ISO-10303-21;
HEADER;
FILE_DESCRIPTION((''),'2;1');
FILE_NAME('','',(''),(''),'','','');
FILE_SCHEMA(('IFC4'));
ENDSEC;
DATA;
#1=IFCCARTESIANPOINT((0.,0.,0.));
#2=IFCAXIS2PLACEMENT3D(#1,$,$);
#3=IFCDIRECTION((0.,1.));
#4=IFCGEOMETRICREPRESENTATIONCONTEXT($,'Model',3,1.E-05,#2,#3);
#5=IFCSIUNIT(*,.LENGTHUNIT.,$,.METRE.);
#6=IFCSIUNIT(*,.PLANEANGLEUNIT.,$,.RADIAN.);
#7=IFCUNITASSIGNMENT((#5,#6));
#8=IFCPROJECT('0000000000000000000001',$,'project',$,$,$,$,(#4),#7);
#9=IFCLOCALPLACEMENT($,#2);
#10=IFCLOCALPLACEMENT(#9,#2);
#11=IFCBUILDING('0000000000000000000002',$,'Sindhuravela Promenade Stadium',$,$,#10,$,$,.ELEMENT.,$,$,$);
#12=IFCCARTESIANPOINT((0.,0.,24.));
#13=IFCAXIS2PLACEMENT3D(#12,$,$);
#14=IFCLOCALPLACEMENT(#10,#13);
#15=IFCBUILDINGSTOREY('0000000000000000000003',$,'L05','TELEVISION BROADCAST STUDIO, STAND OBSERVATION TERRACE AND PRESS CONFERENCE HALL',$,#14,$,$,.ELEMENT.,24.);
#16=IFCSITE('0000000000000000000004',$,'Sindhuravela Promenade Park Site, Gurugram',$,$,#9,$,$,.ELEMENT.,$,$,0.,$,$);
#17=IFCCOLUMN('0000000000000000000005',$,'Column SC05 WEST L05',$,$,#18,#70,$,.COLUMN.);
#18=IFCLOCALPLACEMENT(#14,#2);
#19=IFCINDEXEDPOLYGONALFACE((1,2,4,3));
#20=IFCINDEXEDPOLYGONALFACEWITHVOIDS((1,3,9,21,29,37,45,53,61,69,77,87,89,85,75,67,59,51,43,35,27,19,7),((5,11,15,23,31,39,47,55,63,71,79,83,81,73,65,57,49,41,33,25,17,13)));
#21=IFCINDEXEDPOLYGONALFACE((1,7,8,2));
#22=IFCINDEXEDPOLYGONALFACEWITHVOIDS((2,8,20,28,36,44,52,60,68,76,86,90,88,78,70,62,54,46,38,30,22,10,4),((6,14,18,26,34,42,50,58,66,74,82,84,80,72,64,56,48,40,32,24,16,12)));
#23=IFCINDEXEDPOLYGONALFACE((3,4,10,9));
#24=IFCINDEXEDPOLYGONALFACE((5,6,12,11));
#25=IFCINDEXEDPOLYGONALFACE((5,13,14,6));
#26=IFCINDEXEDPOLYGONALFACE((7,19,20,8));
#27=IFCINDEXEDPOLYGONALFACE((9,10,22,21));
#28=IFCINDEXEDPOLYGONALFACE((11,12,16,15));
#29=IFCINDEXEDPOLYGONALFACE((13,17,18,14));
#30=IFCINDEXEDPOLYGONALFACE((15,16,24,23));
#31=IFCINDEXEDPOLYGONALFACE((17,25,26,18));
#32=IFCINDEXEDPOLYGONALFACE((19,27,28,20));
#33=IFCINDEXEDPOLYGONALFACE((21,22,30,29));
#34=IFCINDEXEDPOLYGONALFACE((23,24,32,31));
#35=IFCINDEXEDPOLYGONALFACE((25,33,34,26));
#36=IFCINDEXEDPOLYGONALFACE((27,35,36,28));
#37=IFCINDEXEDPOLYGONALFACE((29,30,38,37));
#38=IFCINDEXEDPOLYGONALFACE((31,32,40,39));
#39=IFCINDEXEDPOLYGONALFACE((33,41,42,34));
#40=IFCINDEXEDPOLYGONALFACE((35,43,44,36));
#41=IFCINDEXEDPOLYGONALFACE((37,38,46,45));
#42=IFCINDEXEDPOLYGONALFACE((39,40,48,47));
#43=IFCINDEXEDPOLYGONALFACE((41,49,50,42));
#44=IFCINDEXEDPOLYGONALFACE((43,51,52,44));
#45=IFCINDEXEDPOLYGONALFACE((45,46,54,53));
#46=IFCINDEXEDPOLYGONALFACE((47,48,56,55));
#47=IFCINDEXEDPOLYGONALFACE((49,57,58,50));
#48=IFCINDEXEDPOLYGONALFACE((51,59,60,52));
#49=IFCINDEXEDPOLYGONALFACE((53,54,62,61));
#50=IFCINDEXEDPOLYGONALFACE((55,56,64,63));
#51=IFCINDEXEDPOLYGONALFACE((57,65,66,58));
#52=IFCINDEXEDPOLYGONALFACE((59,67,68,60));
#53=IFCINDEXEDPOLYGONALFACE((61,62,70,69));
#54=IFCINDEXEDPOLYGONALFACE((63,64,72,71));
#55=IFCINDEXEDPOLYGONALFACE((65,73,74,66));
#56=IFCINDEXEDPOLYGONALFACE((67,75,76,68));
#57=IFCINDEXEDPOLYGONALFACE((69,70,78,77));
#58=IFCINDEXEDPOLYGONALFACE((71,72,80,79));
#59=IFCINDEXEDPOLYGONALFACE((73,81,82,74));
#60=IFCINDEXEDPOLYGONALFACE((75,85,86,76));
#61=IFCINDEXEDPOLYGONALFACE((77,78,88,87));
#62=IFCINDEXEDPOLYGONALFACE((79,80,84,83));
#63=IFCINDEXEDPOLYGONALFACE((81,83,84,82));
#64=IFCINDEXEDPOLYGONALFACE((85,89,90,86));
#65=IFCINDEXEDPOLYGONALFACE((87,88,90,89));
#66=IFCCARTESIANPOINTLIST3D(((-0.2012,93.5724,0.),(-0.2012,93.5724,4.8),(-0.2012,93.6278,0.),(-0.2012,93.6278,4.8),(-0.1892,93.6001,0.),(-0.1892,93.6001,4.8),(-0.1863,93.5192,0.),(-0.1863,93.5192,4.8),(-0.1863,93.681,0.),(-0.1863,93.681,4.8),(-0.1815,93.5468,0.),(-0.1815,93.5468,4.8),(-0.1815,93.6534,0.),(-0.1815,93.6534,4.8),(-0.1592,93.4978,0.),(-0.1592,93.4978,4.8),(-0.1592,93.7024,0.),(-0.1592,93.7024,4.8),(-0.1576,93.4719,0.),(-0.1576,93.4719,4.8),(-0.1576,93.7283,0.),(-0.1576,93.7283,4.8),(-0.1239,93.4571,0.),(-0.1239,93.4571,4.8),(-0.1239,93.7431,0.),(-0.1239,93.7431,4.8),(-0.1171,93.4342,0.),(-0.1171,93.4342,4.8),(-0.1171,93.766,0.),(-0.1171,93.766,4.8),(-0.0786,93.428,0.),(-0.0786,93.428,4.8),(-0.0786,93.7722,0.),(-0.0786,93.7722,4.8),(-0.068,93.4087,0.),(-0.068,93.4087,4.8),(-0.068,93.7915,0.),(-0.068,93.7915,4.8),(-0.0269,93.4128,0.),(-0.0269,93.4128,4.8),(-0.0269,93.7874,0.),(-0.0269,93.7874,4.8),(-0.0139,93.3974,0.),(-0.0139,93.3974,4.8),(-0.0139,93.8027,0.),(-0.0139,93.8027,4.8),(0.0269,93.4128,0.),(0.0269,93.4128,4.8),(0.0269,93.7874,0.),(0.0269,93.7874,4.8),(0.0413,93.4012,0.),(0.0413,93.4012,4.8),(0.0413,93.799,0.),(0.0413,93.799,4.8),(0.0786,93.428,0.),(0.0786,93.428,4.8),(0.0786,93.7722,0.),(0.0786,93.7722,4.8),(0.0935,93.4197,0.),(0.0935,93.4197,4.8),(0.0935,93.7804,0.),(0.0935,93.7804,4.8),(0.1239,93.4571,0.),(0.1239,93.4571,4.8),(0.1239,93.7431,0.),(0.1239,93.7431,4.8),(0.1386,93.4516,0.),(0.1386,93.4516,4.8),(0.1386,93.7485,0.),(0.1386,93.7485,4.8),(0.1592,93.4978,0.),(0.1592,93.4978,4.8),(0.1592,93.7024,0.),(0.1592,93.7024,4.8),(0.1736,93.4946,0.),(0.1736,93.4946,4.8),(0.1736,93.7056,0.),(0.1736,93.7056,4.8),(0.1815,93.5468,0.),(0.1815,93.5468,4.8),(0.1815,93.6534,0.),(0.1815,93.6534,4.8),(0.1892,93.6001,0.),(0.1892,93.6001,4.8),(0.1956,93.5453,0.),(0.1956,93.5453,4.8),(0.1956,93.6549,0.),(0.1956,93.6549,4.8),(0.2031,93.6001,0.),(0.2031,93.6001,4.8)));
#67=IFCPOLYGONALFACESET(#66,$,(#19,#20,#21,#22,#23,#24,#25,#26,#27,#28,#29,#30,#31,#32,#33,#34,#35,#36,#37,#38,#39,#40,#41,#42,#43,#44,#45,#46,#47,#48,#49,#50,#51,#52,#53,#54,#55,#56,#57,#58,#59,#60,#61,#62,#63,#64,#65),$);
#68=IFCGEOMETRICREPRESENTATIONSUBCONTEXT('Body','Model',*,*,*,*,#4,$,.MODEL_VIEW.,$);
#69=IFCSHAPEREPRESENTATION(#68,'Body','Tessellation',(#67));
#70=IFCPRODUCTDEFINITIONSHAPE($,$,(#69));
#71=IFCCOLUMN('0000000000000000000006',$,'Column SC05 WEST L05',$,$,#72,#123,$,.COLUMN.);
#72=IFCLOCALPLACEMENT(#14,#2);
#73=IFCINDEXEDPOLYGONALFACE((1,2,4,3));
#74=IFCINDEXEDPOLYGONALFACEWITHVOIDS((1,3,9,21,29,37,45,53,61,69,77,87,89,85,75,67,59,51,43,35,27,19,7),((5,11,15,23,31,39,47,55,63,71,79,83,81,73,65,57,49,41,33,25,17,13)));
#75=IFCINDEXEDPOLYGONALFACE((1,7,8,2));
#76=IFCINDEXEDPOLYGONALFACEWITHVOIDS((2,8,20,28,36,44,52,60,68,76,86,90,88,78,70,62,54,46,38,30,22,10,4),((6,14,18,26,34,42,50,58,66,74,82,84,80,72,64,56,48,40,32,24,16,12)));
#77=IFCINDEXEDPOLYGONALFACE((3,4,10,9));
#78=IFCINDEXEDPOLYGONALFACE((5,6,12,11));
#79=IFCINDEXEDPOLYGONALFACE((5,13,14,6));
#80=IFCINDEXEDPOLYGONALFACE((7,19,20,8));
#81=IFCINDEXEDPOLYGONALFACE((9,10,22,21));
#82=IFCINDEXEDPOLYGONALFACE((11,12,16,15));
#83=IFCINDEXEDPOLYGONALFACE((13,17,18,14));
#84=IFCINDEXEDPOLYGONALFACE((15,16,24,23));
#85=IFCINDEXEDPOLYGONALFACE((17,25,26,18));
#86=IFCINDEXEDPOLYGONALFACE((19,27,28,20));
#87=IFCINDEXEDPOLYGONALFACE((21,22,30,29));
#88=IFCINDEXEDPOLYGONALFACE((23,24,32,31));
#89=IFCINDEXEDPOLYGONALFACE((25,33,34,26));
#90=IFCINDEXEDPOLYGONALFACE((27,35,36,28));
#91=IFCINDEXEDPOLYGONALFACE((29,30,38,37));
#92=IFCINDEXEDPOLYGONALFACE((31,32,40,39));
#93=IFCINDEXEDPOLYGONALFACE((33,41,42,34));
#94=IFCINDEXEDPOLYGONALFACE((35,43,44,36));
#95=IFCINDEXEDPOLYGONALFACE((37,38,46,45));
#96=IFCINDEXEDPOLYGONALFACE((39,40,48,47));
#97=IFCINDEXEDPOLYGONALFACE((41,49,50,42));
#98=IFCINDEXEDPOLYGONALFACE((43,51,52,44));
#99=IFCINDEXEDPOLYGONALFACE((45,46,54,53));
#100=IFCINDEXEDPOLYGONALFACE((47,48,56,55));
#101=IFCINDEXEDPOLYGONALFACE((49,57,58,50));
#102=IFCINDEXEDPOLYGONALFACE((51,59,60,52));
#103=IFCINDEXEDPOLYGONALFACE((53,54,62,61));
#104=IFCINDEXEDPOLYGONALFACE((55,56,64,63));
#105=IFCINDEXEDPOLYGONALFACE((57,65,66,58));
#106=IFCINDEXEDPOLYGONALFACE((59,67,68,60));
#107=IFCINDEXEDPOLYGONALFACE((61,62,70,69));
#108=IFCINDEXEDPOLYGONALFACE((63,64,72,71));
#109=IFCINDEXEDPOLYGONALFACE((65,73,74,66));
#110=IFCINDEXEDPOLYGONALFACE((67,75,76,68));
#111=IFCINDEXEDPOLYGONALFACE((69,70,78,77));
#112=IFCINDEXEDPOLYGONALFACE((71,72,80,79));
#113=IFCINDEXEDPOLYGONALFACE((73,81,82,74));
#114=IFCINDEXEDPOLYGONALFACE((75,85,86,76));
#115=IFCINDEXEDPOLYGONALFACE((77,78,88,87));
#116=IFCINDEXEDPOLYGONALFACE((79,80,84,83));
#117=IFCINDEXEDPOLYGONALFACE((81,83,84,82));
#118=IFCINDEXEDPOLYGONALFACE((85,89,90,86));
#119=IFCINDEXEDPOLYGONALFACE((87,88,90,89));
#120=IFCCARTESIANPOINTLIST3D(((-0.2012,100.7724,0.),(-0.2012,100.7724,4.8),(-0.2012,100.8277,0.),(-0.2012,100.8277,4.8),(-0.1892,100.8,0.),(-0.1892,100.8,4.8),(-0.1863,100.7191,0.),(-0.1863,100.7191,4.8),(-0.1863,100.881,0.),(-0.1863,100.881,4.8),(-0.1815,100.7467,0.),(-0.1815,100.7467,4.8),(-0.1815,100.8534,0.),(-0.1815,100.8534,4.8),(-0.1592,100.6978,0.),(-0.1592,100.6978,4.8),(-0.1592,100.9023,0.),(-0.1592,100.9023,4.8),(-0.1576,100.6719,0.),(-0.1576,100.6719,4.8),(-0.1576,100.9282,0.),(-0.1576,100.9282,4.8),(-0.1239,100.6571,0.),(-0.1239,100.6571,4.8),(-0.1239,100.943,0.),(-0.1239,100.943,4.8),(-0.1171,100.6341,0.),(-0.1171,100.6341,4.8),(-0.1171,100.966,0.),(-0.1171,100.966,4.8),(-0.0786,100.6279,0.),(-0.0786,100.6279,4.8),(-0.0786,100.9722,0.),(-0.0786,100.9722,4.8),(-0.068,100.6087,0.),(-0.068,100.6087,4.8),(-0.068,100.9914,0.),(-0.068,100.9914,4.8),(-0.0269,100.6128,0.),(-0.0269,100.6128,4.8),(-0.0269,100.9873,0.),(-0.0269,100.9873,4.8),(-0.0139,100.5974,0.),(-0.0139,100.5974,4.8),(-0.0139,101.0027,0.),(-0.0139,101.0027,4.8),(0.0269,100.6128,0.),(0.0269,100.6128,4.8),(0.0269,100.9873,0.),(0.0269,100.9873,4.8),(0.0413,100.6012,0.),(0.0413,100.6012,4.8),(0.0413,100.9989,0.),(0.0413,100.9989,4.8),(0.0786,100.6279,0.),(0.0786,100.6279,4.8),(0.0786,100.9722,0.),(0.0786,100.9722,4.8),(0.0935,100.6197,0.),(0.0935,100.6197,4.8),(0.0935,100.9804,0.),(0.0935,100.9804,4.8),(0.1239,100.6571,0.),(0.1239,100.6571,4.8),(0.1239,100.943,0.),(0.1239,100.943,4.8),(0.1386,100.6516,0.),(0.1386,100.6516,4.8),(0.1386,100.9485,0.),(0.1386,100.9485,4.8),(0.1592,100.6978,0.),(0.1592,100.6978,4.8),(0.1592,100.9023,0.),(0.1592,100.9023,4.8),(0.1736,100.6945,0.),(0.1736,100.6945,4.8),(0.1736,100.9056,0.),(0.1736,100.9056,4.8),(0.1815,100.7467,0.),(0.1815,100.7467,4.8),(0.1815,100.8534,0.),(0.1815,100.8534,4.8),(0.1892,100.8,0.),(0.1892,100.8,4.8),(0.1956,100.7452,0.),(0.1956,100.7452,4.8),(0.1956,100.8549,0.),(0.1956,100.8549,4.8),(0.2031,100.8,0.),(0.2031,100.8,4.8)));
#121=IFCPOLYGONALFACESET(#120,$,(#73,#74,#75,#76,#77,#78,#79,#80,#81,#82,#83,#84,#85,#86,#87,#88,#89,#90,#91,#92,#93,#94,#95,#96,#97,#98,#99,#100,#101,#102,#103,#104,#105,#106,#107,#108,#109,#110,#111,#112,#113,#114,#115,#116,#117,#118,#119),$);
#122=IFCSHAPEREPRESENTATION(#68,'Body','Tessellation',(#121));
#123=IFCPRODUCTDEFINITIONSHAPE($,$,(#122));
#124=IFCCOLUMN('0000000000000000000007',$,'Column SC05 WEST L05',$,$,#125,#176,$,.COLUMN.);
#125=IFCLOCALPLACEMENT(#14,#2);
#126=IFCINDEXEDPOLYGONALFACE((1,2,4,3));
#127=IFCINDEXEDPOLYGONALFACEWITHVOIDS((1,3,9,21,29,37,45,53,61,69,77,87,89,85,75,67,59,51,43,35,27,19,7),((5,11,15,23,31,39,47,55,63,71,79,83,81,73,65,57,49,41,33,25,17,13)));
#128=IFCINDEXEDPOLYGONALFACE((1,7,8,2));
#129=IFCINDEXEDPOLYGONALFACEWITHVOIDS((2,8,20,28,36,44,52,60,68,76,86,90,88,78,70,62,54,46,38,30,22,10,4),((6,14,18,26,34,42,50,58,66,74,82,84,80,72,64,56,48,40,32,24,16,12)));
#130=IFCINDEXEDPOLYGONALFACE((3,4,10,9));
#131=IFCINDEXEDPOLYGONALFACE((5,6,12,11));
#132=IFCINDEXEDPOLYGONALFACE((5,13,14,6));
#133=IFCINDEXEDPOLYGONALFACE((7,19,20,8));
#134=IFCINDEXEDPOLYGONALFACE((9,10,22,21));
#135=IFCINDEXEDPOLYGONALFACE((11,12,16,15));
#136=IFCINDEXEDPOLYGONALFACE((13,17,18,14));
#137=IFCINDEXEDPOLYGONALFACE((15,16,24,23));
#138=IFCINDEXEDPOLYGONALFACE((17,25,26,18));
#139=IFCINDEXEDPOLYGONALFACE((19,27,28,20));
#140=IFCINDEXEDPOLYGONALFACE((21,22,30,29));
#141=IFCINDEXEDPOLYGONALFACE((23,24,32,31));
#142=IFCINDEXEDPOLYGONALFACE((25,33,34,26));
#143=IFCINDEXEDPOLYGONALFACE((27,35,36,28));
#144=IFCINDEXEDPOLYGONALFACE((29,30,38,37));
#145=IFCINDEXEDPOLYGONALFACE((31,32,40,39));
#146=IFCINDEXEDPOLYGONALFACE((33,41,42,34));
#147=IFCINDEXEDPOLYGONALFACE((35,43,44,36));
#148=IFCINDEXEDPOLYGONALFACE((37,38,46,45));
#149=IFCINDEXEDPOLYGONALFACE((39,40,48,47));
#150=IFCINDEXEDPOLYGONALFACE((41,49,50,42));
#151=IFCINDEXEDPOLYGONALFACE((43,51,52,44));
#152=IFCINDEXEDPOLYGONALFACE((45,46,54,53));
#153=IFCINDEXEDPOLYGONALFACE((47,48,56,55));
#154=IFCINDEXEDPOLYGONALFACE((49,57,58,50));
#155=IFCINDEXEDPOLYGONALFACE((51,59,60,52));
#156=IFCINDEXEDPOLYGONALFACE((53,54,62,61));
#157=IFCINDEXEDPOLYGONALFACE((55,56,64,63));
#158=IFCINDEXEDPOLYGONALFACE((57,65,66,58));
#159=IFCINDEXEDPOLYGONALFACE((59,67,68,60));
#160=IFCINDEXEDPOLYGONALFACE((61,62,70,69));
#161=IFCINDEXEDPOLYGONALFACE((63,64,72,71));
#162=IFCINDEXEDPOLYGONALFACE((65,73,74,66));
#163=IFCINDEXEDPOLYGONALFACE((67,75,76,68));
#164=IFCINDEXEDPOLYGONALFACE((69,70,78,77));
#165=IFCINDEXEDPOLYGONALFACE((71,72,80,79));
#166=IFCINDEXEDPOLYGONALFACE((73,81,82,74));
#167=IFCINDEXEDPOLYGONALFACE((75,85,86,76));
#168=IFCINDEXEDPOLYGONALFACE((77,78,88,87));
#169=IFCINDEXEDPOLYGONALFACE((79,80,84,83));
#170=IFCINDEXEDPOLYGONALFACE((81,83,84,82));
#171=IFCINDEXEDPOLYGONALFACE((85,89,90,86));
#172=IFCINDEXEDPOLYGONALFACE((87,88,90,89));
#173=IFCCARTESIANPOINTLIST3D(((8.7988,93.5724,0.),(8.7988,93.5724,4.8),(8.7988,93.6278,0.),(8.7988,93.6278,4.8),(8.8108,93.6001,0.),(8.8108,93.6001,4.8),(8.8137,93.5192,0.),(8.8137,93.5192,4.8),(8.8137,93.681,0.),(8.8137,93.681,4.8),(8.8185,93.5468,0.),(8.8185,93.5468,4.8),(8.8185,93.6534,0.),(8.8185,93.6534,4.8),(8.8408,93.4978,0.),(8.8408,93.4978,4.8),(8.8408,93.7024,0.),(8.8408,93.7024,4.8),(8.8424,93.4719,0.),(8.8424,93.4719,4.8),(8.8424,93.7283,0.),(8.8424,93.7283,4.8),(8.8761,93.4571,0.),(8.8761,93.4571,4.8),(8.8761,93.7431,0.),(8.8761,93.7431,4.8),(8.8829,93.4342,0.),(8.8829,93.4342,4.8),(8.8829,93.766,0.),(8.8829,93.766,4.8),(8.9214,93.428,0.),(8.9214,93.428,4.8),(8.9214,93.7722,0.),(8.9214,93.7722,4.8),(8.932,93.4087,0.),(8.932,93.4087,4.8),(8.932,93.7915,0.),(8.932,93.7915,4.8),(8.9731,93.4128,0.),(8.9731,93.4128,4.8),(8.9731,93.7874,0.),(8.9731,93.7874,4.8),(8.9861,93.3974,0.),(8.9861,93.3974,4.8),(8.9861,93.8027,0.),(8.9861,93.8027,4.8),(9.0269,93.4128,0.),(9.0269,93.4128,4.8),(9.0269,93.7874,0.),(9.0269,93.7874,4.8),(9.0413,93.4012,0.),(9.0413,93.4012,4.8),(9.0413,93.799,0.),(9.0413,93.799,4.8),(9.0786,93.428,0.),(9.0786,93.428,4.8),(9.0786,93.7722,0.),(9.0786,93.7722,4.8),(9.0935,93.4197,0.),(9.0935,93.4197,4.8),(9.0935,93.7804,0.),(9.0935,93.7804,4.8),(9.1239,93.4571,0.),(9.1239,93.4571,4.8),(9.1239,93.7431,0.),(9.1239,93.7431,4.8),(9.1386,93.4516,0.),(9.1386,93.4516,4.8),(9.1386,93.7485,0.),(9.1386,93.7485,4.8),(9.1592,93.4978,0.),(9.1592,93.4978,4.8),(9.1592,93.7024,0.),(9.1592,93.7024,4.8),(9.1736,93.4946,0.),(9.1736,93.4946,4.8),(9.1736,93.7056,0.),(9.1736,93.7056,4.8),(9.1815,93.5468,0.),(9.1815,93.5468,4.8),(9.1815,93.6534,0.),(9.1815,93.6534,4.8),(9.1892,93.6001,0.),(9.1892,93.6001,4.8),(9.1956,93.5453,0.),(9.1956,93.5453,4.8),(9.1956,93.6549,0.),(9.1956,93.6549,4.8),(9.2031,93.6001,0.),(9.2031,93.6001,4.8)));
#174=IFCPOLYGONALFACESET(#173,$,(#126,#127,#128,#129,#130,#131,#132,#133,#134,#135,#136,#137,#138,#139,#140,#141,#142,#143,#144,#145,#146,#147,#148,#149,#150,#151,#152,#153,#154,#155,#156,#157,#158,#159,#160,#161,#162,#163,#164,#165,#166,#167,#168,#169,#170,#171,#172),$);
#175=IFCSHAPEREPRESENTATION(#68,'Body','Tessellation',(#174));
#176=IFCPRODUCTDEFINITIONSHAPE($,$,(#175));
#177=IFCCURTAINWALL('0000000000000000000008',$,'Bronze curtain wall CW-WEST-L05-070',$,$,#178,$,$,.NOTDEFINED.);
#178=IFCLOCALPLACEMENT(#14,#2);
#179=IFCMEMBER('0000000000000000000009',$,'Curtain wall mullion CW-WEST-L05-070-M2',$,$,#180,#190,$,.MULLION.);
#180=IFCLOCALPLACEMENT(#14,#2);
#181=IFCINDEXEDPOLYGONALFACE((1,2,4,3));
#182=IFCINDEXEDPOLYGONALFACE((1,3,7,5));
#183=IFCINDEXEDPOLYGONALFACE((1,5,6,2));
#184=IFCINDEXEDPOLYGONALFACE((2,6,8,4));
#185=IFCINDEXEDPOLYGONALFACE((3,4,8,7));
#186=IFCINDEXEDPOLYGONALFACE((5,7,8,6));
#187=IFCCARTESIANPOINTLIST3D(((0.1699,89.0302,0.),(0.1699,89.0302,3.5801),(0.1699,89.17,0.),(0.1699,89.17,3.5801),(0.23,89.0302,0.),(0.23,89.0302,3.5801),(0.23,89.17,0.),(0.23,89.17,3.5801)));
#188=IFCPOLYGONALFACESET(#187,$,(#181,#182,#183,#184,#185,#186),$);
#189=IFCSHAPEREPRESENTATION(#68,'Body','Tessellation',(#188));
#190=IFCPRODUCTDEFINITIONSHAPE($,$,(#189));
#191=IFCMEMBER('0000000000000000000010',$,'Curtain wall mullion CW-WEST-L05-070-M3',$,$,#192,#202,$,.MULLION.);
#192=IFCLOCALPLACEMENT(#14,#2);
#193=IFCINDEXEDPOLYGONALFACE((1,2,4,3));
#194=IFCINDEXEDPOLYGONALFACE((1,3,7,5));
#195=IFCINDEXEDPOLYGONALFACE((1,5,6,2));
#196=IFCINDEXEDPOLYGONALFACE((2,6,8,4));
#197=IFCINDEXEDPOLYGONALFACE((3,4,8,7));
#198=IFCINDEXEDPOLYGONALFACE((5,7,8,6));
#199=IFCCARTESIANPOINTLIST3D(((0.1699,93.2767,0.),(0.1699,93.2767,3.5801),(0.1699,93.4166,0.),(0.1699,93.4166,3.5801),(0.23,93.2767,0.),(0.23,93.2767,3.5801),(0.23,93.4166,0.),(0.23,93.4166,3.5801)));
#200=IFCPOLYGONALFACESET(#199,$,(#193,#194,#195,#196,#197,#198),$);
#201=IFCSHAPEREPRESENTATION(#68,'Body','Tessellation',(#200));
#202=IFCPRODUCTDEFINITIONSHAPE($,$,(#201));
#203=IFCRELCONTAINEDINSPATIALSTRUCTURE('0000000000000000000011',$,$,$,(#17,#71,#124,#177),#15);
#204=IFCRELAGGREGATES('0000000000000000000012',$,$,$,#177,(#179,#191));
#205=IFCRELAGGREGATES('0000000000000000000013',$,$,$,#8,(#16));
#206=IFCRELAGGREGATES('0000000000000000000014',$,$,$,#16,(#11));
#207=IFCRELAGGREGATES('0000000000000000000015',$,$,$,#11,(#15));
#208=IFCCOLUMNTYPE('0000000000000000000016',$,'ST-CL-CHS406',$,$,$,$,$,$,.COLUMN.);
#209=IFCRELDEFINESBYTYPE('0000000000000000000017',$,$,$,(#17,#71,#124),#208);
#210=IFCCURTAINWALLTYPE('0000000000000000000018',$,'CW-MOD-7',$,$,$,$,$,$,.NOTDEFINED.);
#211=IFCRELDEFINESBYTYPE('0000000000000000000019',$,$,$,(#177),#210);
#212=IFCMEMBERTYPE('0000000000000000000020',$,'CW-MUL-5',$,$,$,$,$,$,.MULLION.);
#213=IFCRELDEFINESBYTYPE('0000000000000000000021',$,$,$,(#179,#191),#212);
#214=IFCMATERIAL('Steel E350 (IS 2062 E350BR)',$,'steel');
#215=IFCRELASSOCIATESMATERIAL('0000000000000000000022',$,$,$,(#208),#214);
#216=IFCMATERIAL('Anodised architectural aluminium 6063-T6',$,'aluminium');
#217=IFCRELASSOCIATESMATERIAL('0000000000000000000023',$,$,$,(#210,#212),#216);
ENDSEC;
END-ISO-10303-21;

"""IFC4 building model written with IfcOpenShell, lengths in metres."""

from ifc_helpers import new_model, si_unit, direction, frame, origin, origin_2d, place, context, subcontext, project, spatial, rectangle, hollow_circle, extrude, material, material_profile, profile_set, type_object, element, aggregate, save


model = new_model("IFC4")

# Units and contexts
model_context = context("Model", 3, precision=1e-05, world=origin(), true_north=direction((0.0, 1.0)))
body_context = subcontext(model_context, "Body", "Model", "MODEL_VIEW")
ifc_project = project(units=[si_unit("LENGTHUNIT", "METRE"), si_unit("PLANEANGLEUNIT", "RADIAN")], contexts=[model_context])

# Site, building, storey
site_placement = place(None, origin())
site = spatial("IfcSite", under=ifc_project, at=site_placement, Name="Sindhuravela Promenade Park Site, Gurugram", CompositionType="ELEMENT", RefElevation=0.0)
building_placement = place(site_placement, origin())
building = spatial("IfcBuilding", under=site, at=building_placement, Name="Sindhuravela Promenade Stadium", CompositionType="ELEMENT")
storey_placement = place(building_placement, frame((0.0, 0.0, 24.0)))
storey = spatial("IfcBuildingStorey", under=building, at=storey_placement, Name="L05", Description="TELEVISION BROADCAST STUDIO, STAND OBSERVATION TERRACE AND PRESS CONFERENCE HALL", CompositionType="ELEMENT", Elevation=24.0)

# Columns
ifc_material_1 = material(Name="Steel E350 (IS 2062 E350BR)", Category="steel")
ifc_material_profile_1 = material_profile(ifc_material_1, hollow_circle(Radius=0.2031, WallThickness=0.0139, at=origin_2d()), Name="CHS 406.4x14")
ifc_profile_set_1 = profile_set([ifc_material_profile_1], Name="Steel E350 (IS 2062 E350BR)")
column_type = type_object("IfcColumnType", Name="ST-CL-CHS406", PredefinedType="COLUMN", material=ifc_profile_set_1)
for number, where, z_axis, x_axis, name in (
    (1, (0.0, 93.6001, 0.0), (0.0, 0.0, 1.0), (1.0, 0.0, 0.0), "Column SC05 WEST L05"),
    (2, (0.0, 100.8, 0.0), (0.0, 0.0, 1.0), (1.0, 0.0, 0.0), "Column SC05 WEST L05"),
    (3, (9.0, 93.6001, 0.0), (0.0, 0.0, 1.0), (1.0, 0.0, 0.0), "Column SC05 WEST L05"),
):
    element("IfcColumn", number, at=place(storey_placement, frame(where, z_axis=z_axis, x_axis=x_axis)), inside=storey, type_object=column_type, Name=name, PredefinedType="COLUMN", context=body_context, shape_type="SweptSolid", body=[
        extrude(hollow_circle(Radius=0.2031, WallThickness=0.0139, at=origin_2d()), origin(), (0.0, 0.0, 1.0), 4.8),
    ])

# Curtain wall, members
ifc_material_2 = material(Name="Anodised architectural aluminium 6063-T6", Category="aluminium")
curtain_wall_type_1 = type_object("IfcCurtainWallType", Name="CW-MOD-7", PredefinedType="NOTDEFINED", material=ifc_material_2)
curtain_wall_1_placement = place(storey_placement, origin())
curtain_wall_1 = element("IfcCurtainWall", 4, at=curtain_wall_1_placement, inside=storey, type_object=curtain_wall_type_1, Name="Bronze curtain wall CW-WEST-L05-070", PredefinedType="NOTDEFINED")
ifc_material_profile_2 = material_profile(ifc_material_2, rectangle(XDim=0.0601, YDim=0.1399, at=origin_2d()), Name="ALU M60x140")
ifc_profile_set_2 = profile_set([ifc_material_profile_2], Name="Anodised architectural aluminium 6063-T6")
member_type_1 = type_object("IfcMemberType", Name="CW-MUL-5", PredefinedType="MULLION", material=ifc_profile_set_2)
member_1_placement = place(storey_placement, frame((0.2, 89.1001, 0.0), z_axis=(0.0, 0.0, 1.0), x_axis=(1.0, 0.0, 0.0)))
member_1 = element("IfcMember", 5, at=member_1_placement, type_object=member_type_1, Name="Curtain wall mullion CW-WEST-L05-070-M2", PredefinedType="MULLION", context=body_context, shape_type="SweptSolid", body=[
    extrude(rectangle(XDim=0.0601, YDim=0.1399, at=origin_2d()), origin(), (0.0, 0.0, 1.0), 3.5801),
])
member_2_placement = place(storey_placement, frame((0.2, 93.3467, 0.0), z_axis=(0.0, 0.0, 1.0), x_axis=(1.0, 0.0, 0.0)))
member_2 = element("IfcMember", 6, at=member_2_placement, type_object=member_type_1, Name="Curtain wall mullion CW-WEST-L05-070-M3", PredefinedType="MULLION", context=body_context, shape_type="SweptSolid", body=[
    extrude(rectangle(XDim=0.0601, YDim=0.1399, at=origin_2d()), origin(), (0.0, 0.0, 1.0), 3.5801),
])

aggregate(curtain_wall_1, [member_1, member_2])

save(model, "model.ifc")
